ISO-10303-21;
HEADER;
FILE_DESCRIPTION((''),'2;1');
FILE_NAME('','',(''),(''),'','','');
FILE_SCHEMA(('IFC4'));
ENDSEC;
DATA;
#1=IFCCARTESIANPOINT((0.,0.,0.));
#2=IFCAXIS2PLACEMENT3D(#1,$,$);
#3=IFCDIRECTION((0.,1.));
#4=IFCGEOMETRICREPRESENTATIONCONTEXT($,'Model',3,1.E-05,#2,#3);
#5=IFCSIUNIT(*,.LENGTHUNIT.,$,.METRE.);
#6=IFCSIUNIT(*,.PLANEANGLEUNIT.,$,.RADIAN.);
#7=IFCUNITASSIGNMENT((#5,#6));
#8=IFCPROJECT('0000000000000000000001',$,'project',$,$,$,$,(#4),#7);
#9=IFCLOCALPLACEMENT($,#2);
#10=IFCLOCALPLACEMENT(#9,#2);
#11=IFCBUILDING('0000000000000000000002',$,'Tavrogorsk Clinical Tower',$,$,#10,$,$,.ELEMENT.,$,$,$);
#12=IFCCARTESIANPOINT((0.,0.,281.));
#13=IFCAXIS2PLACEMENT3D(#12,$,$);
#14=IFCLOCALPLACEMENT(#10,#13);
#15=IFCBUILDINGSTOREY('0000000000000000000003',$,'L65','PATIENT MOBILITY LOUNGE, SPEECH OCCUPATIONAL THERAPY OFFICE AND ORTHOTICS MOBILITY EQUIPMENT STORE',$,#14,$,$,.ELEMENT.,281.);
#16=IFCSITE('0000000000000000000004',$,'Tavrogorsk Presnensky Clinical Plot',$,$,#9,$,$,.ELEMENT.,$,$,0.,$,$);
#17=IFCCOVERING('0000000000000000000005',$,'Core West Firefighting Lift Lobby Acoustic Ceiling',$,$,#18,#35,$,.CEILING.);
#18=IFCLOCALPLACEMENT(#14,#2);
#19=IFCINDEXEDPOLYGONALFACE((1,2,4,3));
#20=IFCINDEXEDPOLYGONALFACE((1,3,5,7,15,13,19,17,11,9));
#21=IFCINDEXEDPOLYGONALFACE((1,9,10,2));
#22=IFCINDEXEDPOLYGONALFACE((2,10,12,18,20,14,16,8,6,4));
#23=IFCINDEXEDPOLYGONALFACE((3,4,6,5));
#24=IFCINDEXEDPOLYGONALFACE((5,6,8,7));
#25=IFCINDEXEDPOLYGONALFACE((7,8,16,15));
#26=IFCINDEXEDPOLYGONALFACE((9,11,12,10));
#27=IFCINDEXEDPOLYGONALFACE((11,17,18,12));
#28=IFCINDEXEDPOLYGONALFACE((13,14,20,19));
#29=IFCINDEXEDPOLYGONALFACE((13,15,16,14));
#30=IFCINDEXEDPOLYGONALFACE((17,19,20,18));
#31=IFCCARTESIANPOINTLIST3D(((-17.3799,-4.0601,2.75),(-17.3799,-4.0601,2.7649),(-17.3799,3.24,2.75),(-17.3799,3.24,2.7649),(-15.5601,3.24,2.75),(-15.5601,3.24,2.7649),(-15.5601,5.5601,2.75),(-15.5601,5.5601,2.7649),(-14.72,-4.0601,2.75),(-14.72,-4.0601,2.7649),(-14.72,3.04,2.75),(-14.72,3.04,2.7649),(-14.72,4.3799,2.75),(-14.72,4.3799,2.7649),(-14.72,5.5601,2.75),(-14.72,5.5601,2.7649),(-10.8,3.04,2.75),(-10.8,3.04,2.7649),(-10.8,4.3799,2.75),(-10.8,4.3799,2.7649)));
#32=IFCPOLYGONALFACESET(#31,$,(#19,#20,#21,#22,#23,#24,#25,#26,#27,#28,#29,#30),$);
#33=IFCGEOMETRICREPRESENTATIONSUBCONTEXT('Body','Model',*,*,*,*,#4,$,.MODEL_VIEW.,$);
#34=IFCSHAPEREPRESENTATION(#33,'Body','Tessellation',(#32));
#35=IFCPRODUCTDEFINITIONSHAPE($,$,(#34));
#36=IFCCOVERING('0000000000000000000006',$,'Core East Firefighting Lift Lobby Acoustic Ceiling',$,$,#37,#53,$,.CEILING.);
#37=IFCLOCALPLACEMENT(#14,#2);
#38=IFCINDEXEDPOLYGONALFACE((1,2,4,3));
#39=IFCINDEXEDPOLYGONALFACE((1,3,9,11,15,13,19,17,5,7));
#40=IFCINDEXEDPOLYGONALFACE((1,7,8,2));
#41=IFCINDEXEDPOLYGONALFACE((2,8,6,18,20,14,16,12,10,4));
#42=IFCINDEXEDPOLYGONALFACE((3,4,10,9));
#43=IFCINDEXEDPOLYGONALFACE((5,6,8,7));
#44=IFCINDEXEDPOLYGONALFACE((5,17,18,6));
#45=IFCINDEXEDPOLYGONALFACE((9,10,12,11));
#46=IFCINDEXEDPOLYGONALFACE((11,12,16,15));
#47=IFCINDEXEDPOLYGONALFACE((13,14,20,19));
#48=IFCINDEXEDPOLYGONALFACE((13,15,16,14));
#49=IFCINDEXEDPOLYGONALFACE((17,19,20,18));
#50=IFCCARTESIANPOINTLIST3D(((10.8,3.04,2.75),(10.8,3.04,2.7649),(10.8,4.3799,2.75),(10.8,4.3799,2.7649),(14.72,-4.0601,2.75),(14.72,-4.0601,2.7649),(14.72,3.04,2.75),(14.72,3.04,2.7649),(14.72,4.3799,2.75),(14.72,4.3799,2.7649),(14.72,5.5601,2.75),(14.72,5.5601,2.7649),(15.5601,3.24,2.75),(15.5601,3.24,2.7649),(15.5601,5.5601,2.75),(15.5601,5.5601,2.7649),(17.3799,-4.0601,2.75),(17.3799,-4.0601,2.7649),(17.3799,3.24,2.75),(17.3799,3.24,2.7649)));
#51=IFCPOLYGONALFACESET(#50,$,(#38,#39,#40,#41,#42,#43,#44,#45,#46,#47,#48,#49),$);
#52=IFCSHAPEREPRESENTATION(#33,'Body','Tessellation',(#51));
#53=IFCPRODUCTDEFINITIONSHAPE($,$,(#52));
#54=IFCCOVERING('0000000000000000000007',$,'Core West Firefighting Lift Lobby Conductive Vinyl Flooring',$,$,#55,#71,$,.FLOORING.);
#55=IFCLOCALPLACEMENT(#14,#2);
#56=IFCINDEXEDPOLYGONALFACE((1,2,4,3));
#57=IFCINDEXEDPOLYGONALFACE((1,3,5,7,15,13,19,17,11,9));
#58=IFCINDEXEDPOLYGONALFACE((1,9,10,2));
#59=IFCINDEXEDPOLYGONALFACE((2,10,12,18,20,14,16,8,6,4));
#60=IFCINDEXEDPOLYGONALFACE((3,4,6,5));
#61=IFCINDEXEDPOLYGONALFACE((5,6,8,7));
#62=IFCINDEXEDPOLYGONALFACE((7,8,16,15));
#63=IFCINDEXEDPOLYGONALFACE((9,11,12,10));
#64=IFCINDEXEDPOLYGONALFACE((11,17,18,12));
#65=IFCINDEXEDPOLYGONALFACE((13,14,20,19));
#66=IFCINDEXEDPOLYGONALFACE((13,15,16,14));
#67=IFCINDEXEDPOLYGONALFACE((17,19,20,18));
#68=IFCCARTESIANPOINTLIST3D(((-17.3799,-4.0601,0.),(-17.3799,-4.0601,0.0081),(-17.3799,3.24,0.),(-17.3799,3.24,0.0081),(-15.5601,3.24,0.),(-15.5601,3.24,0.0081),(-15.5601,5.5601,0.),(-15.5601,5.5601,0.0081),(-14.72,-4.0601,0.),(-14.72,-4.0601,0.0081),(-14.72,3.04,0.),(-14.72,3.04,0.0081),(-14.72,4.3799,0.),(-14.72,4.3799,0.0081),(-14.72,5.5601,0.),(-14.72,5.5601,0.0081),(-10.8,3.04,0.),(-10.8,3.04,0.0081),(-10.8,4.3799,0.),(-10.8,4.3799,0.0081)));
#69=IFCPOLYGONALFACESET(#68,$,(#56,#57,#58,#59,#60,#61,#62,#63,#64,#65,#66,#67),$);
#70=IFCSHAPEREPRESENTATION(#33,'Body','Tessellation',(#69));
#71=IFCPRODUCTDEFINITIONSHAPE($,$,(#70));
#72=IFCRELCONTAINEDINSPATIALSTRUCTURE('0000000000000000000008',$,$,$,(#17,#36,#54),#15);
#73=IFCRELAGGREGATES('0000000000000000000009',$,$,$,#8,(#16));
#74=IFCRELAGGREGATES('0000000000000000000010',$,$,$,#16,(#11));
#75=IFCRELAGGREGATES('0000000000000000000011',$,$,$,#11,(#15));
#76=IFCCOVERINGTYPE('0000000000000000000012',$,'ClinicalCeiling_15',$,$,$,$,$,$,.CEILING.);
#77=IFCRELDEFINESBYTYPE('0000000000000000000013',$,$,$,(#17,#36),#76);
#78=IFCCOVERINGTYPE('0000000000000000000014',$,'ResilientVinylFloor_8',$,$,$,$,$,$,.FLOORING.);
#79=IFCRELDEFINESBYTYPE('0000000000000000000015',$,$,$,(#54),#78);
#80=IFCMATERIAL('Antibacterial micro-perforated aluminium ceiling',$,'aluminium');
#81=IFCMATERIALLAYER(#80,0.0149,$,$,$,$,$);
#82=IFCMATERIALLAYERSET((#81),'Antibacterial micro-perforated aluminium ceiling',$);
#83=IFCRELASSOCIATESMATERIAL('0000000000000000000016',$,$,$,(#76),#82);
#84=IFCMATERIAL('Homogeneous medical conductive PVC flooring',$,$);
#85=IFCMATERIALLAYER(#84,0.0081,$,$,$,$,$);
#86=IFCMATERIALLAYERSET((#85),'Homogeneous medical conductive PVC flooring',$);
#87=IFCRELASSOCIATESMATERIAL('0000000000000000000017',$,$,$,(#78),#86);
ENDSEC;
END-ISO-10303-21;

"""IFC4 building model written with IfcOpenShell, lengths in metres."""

from ifc_helpers import new_model, si_unit, direction, frame, origin, place, context, subcontext, project, spatial, polyline, outline, extrude, material, layer, layer_set, type_object, element, save


model = new_model("IFC4")

# Units and contexts
model_context = context("Model", 3, precision=1e-05, world=origin(), true_north=direction((0.0, 1.0)))
body_context = subcontext(model_context, "Body", "Model", "MODEL_VIEW")
ifc_project = project(units=[si_unit("LENGTHUNIT", "METRE"), si_unit("PLANEANGLEUNIT", "RADIAN")], contexts=[model_context])

# Site, building, storey
site_placement = place(None, origin())
site = spatial("IfcSite", under=ifc_project, at=site_placement, Name="Tavrogorsk Presnensky Clinical Plot", CompositionType="ELEMENT", RefElevation=0.0)
building_placement = place(site_placement, origin())
building = spatial("IfcBuilding", under=site, at=building_placement, Name="Tavrogorsk Clinical Tower", CompositionType="ELEMENT")
storey_placement = place(building_placement, frame((0.0, 0.0, 281.0)))
storey = spatial("IfcBuildingStorey", under=building, at=storey_placement, Name="L65", Description="PATIENT MOBILITY LOUNGE, SPEECH OCCUPATIONAL THERAPY OFFICE AND ORTHOTICS MOBILITY EQUIPMENT STORE", CompositionType="ELEMENT", Elevation=281.0)

# Coverings
ifc_material_1 = material(Name="Antibacterial micro-perforated aluminium ceiling", Category="aluminium")
ifc_layer_1 = layer(ifc_material_1, 0.0149)
ifc_layer_set_1 = layer_set([ifc_layer_1], Name="Antibacterial micro-perforated aluminium ceiling")
covering_type_1 = type_object("IfcCoveringType", Name="ClinicalCeiling_15", PredefinedType="CEILING", material=ifc_layer_set_1)
covering_1_placement = place(storey_placement, frame((0.0, 0.0, 2.75)))
element("IfcCovering", 1, at=covering_1_placement, inside=storey, type_object=covering_type_1, Name="Core West Firefighting Lift Lobby Acoustic Ceiling", PredefinedType="CEILING", context=body_context, shape_type="SweptSolid", body=[
    extrude(outline(polyline([(-14.72, 4.3799), (-10.8, 4.3799), (-10.8, 3.04), (-14.72, 3.04), (-14.72, -4.0601), (-17.3799, -4.0601), (-17.3799, 3.24), (-15.5601, 3.24), (-15.5601, 5.5601), (-14.72, 5.5601), (-14.72, 4.3799)])), origin(), (0.0, 0.0, 1.0), 0.0149),
])
covering_2_placement = place(storey_placement, frame((0.0, 0.0, 2.75)))
element("IfcCovering", 2, at=covering_2_placement, inside=storey, type_object=covering_type_1, Name="Core East Firefighting Lift Lobby Acoustic Ceiling", PredefinedType="CEILING", context=body_context, shape_type="SweptSolid", body=[
    extrude(outline(polyline([(14.72, -4.0601), (14.72, 3.04), (10.8, 3.04), (10.8, 4.3799), (14.72, 4.3799), (14.72, 5.5601), (15.5601, 5.5601), (15.5601, 3.24), (17.3799, 3.24), (17.3799, -4.0601), (14.72, -4.0601)])), origin(), (0.0, 0.0, 1.0), 0.0149),
])
ifc_material_2 = material(Name="Homogeneous medical conductive PVC flooring")
ifc_layer_2 = layer(ifc_material_2, 0.0081)
ifc_layer_set_2 = layer_set([ifc_layer_2], Name="Homogeneous medical conductive PVC flooring")
covering_type_2 = type_object("IfcCoveringType", Name="ResilientVinylFloor_8", PredefinedType="FLOORING", material=ifc_layer_set_2)
covering_3_placement = place(storey_placement, origin())
element("IfcCovering", 3, at=covering_3_placement, inside=storey, type_object=covering_type_2, Name="Core West Firefighting Lift Lobby Conductive Vinyl Flooring", PredefinedType="FLOORING", context=body_context, shape_type="SweptSolid", body=[
    extrude(outline(polyline([(-14.72, 4.3799), (-10.8, 4.3799), (-10.8, 3.04), (-14.72, 3.04), (-14.72, -4.0601), (-17.3799, -4.0601), (-17.3799, 3.24), (-15.5601, 3.24), (-15.5601, 5.5601), (-14.72, 5.5601), (-14.72, 4.3799)])), origin(), (0.0, 0.0, 1.0), 0.0081),
])

save(model, "model.ifc")
